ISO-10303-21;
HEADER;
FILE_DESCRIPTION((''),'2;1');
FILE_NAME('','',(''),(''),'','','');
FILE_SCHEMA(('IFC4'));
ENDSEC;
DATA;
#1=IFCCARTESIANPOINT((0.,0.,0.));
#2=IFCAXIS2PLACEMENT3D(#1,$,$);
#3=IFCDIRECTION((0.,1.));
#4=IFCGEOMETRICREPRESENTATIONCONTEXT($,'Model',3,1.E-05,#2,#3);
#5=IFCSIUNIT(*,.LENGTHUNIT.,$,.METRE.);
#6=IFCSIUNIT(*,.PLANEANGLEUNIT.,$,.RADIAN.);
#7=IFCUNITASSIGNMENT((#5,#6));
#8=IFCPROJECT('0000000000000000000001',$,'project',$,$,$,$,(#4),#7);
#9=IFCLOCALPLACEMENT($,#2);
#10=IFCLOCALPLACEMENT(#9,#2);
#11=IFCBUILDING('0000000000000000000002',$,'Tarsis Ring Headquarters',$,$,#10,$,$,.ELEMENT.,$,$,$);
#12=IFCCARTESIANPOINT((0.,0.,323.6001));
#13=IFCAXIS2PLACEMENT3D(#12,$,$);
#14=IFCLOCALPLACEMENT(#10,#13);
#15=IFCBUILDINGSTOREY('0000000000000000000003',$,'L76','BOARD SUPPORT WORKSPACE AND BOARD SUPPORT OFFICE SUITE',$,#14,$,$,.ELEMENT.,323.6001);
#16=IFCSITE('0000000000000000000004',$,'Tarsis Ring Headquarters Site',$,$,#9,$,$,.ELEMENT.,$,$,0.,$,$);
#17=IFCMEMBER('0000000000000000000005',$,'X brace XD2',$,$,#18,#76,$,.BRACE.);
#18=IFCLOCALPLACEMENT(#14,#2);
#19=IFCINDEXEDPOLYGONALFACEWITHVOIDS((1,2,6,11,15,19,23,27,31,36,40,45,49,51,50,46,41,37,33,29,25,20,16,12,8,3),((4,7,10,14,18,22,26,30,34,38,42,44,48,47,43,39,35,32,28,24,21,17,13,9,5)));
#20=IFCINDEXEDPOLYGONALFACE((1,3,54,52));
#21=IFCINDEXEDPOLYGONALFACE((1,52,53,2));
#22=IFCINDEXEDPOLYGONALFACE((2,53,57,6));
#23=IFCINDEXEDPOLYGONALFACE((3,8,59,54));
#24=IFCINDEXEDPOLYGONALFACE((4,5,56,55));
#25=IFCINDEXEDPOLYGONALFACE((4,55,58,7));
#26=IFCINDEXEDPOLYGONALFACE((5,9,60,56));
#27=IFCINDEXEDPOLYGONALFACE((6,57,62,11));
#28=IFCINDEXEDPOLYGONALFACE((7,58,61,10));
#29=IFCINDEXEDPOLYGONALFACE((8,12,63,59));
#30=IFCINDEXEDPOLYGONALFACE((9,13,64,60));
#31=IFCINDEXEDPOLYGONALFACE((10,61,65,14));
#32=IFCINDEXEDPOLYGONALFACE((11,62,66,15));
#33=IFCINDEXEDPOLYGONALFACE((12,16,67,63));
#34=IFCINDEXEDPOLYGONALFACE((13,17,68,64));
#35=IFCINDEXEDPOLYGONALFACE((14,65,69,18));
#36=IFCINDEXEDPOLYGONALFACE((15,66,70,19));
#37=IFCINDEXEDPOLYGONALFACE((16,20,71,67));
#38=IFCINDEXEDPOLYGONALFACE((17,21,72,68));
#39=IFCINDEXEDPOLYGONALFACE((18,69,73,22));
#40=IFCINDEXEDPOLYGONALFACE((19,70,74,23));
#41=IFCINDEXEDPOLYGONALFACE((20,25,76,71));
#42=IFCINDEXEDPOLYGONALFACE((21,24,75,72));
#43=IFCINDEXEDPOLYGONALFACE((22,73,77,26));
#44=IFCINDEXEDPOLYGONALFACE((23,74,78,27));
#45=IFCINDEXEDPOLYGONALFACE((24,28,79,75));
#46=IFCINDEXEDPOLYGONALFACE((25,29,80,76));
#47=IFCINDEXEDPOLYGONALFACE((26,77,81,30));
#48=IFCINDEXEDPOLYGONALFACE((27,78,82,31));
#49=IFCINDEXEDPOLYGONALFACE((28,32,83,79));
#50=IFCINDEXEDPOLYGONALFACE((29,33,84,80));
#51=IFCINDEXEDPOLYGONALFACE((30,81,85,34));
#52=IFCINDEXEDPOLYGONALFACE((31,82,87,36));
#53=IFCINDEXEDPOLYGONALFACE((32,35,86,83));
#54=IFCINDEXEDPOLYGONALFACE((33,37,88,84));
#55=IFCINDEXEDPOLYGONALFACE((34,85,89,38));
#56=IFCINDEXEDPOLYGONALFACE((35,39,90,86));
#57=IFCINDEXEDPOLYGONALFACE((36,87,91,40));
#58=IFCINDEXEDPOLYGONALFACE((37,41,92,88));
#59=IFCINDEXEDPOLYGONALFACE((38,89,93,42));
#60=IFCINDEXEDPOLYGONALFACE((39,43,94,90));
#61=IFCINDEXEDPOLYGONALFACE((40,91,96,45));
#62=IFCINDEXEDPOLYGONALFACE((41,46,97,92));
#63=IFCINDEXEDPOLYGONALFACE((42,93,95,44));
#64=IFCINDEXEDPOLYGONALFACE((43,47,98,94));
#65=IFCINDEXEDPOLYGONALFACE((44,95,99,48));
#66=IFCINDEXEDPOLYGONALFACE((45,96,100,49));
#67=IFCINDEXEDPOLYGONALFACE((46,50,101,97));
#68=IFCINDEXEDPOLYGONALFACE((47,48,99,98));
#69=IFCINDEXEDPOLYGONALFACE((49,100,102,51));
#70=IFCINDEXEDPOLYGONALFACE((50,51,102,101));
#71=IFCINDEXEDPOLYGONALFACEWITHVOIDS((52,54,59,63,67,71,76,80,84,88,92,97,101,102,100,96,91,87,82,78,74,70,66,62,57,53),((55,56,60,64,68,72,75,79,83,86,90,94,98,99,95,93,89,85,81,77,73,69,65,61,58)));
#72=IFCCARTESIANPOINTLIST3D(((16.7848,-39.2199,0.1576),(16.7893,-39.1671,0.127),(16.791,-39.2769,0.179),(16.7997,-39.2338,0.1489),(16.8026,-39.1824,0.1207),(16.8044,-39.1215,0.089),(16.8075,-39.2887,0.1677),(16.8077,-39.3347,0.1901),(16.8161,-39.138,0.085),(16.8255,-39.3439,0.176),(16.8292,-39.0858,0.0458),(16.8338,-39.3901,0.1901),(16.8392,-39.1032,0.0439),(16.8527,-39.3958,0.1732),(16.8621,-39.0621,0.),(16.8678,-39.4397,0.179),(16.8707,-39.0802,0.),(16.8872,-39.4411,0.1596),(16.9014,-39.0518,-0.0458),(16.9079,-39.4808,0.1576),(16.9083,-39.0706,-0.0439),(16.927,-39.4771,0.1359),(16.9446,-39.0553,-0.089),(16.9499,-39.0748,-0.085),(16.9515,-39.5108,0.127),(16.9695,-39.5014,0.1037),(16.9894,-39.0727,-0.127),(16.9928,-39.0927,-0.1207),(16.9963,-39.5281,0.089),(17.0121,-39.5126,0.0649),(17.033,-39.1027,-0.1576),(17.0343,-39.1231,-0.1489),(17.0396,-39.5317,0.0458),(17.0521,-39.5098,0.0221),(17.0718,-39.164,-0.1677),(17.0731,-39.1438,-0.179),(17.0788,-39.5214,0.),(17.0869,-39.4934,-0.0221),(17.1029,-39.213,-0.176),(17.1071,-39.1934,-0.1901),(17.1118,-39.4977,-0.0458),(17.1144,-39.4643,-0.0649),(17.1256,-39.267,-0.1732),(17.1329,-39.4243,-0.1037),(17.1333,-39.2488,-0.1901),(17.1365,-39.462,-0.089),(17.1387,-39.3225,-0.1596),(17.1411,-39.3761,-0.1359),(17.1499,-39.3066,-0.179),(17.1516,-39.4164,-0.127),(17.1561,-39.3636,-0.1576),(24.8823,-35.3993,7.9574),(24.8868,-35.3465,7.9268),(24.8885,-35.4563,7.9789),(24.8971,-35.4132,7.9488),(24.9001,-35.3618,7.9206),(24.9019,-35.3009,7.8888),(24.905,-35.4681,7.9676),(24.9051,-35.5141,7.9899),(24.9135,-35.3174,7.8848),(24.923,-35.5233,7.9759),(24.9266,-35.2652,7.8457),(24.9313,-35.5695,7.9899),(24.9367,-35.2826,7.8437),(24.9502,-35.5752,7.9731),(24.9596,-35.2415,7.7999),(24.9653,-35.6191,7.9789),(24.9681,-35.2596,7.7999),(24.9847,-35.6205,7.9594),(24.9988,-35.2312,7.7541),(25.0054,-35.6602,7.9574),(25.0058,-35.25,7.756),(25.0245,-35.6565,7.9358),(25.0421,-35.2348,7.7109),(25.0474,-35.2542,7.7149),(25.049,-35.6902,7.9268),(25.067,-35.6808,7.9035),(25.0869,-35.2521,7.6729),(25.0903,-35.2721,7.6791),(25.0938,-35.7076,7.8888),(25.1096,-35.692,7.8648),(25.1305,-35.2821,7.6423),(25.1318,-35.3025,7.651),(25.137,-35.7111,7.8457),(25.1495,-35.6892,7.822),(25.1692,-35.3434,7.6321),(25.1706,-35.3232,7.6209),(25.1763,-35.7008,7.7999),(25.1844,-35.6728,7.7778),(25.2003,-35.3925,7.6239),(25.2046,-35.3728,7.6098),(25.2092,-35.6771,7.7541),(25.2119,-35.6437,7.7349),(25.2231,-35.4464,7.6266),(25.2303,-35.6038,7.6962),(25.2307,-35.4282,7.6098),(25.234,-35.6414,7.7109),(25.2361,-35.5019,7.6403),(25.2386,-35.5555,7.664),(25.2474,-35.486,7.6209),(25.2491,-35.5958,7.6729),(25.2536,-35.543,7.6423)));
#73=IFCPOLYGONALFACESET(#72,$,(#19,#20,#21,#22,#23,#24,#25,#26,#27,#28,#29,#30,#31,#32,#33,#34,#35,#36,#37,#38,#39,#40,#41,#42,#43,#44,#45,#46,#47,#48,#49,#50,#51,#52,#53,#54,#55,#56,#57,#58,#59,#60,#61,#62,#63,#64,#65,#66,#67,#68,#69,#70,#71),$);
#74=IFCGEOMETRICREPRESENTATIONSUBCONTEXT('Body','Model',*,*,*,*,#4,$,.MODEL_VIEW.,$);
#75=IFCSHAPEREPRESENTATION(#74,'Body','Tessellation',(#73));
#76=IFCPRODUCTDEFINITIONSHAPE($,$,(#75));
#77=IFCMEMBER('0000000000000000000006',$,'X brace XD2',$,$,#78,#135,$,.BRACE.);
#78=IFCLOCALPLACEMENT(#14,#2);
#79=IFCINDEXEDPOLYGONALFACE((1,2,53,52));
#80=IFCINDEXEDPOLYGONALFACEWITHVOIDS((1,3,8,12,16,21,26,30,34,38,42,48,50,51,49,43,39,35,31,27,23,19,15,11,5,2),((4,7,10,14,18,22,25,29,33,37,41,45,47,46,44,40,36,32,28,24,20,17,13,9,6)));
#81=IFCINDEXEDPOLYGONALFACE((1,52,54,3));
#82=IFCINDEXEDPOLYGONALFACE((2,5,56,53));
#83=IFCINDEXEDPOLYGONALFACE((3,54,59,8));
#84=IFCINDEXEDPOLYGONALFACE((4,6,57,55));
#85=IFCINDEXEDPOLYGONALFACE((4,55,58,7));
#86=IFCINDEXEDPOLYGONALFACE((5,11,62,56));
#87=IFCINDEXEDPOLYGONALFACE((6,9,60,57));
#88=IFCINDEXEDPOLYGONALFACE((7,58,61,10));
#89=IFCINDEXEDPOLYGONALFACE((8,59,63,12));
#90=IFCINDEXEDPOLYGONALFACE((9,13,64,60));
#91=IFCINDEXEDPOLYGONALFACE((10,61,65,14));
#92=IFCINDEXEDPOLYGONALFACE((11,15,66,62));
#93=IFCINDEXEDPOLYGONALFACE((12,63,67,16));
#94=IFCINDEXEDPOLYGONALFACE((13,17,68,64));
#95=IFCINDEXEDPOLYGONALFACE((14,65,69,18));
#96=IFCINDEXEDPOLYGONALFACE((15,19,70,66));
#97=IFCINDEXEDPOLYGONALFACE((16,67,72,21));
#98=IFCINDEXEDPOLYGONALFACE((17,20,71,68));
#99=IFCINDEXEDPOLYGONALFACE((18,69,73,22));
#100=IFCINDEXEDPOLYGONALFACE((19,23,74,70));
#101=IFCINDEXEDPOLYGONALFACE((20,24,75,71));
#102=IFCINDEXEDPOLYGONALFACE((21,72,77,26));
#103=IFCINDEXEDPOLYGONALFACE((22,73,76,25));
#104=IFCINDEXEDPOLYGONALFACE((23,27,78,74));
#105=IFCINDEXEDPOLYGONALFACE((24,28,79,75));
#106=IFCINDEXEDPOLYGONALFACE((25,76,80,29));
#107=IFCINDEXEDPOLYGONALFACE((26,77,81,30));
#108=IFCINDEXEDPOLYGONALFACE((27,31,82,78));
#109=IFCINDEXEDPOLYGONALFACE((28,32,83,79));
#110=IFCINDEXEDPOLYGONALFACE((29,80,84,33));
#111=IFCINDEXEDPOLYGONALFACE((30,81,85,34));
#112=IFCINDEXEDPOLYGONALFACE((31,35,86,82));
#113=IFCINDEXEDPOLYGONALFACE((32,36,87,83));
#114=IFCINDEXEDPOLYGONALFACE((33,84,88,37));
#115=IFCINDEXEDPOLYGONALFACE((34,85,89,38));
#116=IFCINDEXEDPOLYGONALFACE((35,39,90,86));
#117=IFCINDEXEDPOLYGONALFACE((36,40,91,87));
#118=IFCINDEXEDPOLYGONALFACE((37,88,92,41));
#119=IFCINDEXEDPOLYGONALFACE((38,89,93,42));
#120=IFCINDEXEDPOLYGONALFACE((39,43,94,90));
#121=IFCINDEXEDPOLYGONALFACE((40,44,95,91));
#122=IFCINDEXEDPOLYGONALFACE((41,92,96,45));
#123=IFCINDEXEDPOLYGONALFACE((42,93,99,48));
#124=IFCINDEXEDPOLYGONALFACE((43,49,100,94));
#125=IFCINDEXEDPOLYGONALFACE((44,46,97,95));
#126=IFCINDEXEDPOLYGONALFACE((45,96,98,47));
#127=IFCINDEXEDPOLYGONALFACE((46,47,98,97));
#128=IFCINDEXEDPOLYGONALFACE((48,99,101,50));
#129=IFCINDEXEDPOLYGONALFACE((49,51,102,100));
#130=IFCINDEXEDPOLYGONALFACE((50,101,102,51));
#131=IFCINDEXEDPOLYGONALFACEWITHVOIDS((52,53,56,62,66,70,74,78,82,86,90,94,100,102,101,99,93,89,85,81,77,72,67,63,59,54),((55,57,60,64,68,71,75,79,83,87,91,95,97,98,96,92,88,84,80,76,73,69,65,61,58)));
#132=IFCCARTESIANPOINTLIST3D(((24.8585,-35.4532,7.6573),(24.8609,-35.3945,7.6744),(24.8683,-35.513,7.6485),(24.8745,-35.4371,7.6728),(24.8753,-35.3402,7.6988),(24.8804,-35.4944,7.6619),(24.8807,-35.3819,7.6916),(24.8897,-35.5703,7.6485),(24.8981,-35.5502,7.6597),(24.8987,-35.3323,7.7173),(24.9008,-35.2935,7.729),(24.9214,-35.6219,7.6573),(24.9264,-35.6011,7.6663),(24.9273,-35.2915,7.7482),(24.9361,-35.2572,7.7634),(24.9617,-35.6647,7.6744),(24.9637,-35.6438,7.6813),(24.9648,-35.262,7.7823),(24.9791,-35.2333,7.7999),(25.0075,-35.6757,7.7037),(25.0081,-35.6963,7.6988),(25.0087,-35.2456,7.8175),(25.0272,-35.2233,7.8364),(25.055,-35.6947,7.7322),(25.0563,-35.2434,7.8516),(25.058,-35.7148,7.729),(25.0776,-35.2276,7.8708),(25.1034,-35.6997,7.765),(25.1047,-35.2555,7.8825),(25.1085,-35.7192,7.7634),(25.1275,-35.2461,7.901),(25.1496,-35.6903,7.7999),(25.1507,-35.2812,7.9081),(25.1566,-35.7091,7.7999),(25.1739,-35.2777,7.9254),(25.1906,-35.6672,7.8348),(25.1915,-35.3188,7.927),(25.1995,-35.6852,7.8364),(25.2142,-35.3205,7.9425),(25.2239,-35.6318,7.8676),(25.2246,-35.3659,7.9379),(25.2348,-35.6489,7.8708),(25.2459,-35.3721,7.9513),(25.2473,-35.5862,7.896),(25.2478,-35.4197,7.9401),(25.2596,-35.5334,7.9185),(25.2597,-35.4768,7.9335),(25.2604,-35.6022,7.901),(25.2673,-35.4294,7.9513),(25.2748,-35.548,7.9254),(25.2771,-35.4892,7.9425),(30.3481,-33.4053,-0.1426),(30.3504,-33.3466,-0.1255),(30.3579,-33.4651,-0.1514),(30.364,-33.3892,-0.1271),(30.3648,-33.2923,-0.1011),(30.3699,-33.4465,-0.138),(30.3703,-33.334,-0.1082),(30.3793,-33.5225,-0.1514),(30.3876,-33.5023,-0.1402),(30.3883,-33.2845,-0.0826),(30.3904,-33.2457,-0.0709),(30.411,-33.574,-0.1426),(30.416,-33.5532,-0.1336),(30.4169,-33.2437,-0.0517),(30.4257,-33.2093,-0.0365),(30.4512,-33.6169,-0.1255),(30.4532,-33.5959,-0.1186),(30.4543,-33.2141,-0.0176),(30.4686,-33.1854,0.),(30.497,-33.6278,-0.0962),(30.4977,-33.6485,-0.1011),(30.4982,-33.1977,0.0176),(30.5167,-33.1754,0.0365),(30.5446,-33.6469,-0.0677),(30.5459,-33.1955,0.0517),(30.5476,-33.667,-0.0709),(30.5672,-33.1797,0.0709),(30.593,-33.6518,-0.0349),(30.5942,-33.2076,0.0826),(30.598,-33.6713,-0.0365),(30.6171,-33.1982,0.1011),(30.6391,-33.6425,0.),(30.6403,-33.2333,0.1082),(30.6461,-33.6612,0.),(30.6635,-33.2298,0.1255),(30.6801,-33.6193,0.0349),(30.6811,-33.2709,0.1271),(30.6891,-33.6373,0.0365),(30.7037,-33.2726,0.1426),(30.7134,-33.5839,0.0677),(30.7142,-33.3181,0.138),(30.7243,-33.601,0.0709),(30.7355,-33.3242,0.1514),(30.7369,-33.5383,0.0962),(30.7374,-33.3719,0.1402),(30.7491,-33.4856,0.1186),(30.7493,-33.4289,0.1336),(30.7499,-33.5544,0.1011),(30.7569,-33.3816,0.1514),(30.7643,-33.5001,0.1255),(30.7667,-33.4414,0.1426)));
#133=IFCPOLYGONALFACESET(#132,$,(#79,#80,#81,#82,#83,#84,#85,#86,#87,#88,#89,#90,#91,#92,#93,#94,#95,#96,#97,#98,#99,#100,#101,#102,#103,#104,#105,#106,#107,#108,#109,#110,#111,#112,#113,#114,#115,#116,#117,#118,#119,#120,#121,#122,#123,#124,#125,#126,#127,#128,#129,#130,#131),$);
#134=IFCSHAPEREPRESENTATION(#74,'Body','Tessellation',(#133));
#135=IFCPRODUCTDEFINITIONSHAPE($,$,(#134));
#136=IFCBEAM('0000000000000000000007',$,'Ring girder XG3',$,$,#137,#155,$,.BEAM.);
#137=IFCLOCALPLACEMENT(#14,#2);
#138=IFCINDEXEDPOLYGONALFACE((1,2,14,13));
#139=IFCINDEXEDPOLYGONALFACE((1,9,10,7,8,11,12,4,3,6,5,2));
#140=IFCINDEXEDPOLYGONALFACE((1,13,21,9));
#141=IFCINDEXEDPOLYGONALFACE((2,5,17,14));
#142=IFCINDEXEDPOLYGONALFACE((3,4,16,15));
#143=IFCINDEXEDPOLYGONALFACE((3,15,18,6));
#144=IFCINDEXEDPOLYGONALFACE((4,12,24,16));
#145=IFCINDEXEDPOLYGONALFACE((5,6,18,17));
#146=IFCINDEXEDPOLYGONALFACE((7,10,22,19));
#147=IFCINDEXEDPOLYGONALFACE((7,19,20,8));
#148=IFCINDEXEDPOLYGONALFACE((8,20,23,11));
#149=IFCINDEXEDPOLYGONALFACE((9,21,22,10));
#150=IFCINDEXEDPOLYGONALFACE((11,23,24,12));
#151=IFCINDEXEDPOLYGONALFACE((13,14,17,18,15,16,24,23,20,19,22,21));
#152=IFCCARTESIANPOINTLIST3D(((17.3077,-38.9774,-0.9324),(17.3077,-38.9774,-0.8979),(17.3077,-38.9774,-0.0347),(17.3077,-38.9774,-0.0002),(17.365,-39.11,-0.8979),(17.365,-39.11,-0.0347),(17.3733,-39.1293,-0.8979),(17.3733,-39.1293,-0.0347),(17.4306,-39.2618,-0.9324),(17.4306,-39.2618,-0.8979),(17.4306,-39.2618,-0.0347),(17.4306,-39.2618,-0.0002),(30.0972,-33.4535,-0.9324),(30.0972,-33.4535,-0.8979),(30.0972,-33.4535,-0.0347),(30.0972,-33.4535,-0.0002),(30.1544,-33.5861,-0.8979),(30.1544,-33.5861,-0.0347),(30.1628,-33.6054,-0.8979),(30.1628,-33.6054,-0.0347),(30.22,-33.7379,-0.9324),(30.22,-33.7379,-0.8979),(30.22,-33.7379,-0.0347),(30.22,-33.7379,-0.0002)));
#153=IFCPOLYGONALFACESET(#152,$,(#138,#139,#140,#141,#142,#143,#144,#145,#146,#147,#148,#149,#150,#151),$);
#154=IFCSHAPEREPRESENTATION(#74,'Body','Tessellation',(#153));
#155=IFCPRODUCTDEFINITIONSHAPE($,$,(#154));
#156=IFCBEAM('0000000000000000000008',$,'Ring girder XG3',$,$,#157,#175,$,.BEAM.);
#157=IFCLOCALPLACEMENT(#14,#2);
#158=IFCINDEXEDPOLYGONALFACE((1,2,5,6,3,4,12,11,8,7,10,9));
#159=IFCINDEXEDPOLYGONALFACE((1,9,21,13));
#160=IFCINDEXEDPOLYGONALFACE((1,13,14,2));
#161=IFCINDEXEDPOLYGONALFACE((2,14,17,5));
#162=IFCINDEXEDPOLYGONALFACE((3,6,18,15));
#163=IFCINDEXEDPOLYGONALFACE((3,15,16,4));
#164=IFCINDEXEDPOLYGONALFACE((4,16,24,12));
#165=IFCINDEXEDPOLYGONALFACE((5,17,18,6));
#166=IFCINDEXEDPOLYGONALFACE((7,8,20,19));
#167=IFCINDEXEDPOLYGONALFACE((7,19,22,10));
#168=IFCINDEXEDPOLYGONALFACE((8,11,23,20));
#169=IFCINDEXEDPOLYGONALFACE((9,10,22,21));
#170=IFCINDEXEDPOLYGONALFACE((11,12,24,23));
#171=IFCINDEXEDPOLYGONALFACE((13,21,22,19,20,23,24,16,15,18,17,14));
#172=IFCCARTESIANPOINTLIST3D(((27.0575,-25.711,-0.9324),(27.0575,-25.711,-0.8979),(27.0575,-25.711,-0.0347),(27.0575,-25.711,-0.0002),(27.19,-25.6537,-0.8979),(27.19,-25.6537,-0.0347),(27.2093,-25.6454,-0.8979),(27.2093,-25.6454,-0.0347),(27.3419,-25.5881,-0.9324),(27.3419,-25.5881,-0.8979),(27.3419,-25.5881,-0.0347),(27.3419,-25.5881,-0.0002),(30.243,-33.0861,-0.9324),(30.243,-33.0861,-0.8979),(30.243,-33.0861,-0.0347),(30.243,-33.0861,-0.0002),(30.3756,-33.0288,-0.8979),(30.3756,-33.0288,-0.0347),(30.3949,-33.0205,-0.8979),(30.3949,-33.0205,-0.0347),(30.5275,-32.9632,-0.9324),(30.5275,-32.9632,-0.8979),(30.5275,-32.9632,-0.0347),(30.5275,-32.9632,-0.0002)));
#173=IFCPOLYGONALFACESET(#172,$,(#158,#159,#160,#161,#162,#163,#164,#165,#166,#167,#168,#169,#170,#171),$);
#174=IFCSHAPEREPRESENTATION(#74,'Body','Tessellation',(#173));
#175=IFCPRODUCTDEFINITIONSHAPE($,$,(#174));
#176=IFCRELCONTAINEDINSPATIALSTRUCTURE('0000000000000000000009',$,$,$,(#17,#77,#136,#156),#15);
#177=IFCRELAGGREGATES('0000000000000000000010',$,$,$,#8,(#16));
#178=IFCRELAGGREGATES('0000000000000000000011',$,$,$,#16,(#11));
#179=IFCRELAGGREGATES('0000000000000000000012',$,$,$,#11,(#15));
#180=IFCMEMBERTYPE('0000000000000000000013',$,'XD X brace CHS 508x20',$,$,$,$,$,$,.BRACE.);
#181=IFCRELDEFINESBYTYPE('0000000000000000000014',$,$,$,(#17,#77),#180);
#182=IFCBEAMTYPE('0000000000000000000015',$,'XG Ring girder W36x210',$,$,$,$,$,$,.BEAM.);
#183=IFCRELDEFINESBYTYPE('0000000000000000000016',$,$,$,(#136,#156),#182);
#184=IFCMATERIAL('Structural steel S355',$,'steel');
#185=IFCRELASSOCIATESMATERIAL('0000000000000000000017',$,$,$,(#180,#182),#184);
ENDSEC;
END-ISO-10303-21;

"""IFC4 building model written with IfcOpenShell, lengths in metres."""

from ifc_helpers import new_model, si_unit, direction, frame, origin, origin_2d, place, context, subcontext, project, spatial, hollow_circle, i_section, extrude, material, material_profile, profile_set, type_object, element, save


model = new_model("IFC4")

# Units and contexts
model_context = context("Model", 3, precision=1e-05, world=origin(), true_north=direction((0.0, 1.0)))
body_context = subcontext(model_context, "Body", "Model", "MODEL_VIEW")
ifc_project = project(units=[si_unit("LENGTHUNIT", "METRE"), si_unit("PLANEANGLEUNIT", "RADIAN")], contexts=[model_context])

# Site, building, storey
site_placement = place(None, origin())
site = spatial("IfcSite", under=ifc_project, at=site_placement, Name="Tarsis Ring Headquarters Site", CompositionType="ELEMENT", RefElevation=0.0)
building_placement = place(site_placement, origin())
building = spatial("IfcBuilding", under=site, at=building_placement, Name="Tarsis Ring Headquarters", CompositionType="ELEMENT")
storey_placement = place(building_placement, frame((0.0, 0.0, 323.6001)))
storey = spatial("IfcBuildingStorey", under=building, at=storey_placement, Name="L76", Description="BOARD SUPPORT WORKSPACE AND BOARD SUPPORT OFFICE SUITE", CompositionType="ELEMENT", Elevation=323.6001)

# Shared definitions
ifc_material_1 = material(Name="Structural steel S355", Category="steel")

# Members
ifc_material_profile_1 = material_profile(ifc_material_1, hollow_circle(Radius=0.2539, WallThickness=0.02, at=origin_2d()), Name="CHS 508x20")
ifc_profile_set_1 = profile_set([ifc_material_profile_1], Name="Structural steel S355")
member_type = type_object("IfcMemberType", Name="XD X brace CHS 508x20", PredefinedType="BRACE", material=ifc_profile_set_1)
member_1_placement = place(storey_placement, frame((16.9705, -39.2917, 0.0), z_axis=(0.681921, 0.321747, 0.656858), x_axis=(-0.426712, 0.904388, 0.0)))
element("IfcMember", 1, at=member_1_placement, inside=storey, type_object=member_type, Name="X brace XD2", PredefinedType="BRACE", context=body_context, shape_type="SweptSolid", body=[
    extrude(hollow_circle(Radius=0.2539, WallThickness=0.02, at=origin_2d()), origin(), (0.0, 0.0, 1.0), 11.8745),
])
member_2_placement = place(storey_placement, frame((30.5574, -33.4233, 0.0), z_axis=(-0.562722, -0.209923, 0.799548), x_axis=(0.34952, -0.936929, 0.0)))
element("IfcMember", 2, at=member_2_placement, inside=storey, type_object=member_type, Name="X brace XD2", PredefinedType="BRACE", context=body_context, shape_type="SweptSolid", body=[
    extrude(hollow_circle(Radius=0.2539, WallThickness=0.02, at=origin_2d()), origin(), (0.0, 0.0, 1.0), 9.7554),
])

# Beams
ifc_material_profile_2 = material_profile(ifc_material_1, i_section(OverallWidth=0.3098, OverallDepth=0.9321, WebThickness=0.021, FlangeThickness=0.0344, at=origin_2d()), Name="W36x210")
ifc_profile_set_2 = profile_set([ifc_material_profile_2], Name="Structural steel S355")
beam_type = type_object("IfcBeamType", Name="XG Ring girder W36x210", PredefinedType="BEAM", material=ifc_profile_set_2)
beam_1_placement = place(storey_placement, frame((17.3691, -39.1196, -0.4663), z_axis=(0.918032, 0.396507, 0.0), x_axis=(-0.396507, 0.918032, 0.0)))
element("IfcBeam", 3, at=beam_1_placement, inside=storey, type_object=beam_type, Name="Ring girder XG3", PredefinedType="BEAM", context=body_context, shape_type="SweptSolid", body=[
    extrude(i_section(OverallWidth=0.3098, OverallDepth=0.9321, WebThickness=0.021, FlangeThickness=0.0344, at=origin_2d()), origin(), (0.0, 0.0, 1.0), 13.9314),
])
beam_2_placement = place(storey_placement, frame((30.3853, -33.0247, -0.4663), z_axis=(-0.396529, 0.918022, 0.0), x_axis=(-0.918022, -0.396529, 0.0)))
element("IfcBeam", 4, at=beam_2_placement, inside=storey, type_object=beam_type, Name="Ring girder XG3", PredefinedType="BEAM", context=body_context, shape_type="SweptSolid", body=[
    extrude(i_section(OverallWidth=0.3098, OverallDepth=0.9321, WebThickness=0.021, FlangeThickness=0.0344, at=origin_2d()), origin(), (0.0, 0.0, 1.0), 8.0337),
])

save(model, "model.ifc")
